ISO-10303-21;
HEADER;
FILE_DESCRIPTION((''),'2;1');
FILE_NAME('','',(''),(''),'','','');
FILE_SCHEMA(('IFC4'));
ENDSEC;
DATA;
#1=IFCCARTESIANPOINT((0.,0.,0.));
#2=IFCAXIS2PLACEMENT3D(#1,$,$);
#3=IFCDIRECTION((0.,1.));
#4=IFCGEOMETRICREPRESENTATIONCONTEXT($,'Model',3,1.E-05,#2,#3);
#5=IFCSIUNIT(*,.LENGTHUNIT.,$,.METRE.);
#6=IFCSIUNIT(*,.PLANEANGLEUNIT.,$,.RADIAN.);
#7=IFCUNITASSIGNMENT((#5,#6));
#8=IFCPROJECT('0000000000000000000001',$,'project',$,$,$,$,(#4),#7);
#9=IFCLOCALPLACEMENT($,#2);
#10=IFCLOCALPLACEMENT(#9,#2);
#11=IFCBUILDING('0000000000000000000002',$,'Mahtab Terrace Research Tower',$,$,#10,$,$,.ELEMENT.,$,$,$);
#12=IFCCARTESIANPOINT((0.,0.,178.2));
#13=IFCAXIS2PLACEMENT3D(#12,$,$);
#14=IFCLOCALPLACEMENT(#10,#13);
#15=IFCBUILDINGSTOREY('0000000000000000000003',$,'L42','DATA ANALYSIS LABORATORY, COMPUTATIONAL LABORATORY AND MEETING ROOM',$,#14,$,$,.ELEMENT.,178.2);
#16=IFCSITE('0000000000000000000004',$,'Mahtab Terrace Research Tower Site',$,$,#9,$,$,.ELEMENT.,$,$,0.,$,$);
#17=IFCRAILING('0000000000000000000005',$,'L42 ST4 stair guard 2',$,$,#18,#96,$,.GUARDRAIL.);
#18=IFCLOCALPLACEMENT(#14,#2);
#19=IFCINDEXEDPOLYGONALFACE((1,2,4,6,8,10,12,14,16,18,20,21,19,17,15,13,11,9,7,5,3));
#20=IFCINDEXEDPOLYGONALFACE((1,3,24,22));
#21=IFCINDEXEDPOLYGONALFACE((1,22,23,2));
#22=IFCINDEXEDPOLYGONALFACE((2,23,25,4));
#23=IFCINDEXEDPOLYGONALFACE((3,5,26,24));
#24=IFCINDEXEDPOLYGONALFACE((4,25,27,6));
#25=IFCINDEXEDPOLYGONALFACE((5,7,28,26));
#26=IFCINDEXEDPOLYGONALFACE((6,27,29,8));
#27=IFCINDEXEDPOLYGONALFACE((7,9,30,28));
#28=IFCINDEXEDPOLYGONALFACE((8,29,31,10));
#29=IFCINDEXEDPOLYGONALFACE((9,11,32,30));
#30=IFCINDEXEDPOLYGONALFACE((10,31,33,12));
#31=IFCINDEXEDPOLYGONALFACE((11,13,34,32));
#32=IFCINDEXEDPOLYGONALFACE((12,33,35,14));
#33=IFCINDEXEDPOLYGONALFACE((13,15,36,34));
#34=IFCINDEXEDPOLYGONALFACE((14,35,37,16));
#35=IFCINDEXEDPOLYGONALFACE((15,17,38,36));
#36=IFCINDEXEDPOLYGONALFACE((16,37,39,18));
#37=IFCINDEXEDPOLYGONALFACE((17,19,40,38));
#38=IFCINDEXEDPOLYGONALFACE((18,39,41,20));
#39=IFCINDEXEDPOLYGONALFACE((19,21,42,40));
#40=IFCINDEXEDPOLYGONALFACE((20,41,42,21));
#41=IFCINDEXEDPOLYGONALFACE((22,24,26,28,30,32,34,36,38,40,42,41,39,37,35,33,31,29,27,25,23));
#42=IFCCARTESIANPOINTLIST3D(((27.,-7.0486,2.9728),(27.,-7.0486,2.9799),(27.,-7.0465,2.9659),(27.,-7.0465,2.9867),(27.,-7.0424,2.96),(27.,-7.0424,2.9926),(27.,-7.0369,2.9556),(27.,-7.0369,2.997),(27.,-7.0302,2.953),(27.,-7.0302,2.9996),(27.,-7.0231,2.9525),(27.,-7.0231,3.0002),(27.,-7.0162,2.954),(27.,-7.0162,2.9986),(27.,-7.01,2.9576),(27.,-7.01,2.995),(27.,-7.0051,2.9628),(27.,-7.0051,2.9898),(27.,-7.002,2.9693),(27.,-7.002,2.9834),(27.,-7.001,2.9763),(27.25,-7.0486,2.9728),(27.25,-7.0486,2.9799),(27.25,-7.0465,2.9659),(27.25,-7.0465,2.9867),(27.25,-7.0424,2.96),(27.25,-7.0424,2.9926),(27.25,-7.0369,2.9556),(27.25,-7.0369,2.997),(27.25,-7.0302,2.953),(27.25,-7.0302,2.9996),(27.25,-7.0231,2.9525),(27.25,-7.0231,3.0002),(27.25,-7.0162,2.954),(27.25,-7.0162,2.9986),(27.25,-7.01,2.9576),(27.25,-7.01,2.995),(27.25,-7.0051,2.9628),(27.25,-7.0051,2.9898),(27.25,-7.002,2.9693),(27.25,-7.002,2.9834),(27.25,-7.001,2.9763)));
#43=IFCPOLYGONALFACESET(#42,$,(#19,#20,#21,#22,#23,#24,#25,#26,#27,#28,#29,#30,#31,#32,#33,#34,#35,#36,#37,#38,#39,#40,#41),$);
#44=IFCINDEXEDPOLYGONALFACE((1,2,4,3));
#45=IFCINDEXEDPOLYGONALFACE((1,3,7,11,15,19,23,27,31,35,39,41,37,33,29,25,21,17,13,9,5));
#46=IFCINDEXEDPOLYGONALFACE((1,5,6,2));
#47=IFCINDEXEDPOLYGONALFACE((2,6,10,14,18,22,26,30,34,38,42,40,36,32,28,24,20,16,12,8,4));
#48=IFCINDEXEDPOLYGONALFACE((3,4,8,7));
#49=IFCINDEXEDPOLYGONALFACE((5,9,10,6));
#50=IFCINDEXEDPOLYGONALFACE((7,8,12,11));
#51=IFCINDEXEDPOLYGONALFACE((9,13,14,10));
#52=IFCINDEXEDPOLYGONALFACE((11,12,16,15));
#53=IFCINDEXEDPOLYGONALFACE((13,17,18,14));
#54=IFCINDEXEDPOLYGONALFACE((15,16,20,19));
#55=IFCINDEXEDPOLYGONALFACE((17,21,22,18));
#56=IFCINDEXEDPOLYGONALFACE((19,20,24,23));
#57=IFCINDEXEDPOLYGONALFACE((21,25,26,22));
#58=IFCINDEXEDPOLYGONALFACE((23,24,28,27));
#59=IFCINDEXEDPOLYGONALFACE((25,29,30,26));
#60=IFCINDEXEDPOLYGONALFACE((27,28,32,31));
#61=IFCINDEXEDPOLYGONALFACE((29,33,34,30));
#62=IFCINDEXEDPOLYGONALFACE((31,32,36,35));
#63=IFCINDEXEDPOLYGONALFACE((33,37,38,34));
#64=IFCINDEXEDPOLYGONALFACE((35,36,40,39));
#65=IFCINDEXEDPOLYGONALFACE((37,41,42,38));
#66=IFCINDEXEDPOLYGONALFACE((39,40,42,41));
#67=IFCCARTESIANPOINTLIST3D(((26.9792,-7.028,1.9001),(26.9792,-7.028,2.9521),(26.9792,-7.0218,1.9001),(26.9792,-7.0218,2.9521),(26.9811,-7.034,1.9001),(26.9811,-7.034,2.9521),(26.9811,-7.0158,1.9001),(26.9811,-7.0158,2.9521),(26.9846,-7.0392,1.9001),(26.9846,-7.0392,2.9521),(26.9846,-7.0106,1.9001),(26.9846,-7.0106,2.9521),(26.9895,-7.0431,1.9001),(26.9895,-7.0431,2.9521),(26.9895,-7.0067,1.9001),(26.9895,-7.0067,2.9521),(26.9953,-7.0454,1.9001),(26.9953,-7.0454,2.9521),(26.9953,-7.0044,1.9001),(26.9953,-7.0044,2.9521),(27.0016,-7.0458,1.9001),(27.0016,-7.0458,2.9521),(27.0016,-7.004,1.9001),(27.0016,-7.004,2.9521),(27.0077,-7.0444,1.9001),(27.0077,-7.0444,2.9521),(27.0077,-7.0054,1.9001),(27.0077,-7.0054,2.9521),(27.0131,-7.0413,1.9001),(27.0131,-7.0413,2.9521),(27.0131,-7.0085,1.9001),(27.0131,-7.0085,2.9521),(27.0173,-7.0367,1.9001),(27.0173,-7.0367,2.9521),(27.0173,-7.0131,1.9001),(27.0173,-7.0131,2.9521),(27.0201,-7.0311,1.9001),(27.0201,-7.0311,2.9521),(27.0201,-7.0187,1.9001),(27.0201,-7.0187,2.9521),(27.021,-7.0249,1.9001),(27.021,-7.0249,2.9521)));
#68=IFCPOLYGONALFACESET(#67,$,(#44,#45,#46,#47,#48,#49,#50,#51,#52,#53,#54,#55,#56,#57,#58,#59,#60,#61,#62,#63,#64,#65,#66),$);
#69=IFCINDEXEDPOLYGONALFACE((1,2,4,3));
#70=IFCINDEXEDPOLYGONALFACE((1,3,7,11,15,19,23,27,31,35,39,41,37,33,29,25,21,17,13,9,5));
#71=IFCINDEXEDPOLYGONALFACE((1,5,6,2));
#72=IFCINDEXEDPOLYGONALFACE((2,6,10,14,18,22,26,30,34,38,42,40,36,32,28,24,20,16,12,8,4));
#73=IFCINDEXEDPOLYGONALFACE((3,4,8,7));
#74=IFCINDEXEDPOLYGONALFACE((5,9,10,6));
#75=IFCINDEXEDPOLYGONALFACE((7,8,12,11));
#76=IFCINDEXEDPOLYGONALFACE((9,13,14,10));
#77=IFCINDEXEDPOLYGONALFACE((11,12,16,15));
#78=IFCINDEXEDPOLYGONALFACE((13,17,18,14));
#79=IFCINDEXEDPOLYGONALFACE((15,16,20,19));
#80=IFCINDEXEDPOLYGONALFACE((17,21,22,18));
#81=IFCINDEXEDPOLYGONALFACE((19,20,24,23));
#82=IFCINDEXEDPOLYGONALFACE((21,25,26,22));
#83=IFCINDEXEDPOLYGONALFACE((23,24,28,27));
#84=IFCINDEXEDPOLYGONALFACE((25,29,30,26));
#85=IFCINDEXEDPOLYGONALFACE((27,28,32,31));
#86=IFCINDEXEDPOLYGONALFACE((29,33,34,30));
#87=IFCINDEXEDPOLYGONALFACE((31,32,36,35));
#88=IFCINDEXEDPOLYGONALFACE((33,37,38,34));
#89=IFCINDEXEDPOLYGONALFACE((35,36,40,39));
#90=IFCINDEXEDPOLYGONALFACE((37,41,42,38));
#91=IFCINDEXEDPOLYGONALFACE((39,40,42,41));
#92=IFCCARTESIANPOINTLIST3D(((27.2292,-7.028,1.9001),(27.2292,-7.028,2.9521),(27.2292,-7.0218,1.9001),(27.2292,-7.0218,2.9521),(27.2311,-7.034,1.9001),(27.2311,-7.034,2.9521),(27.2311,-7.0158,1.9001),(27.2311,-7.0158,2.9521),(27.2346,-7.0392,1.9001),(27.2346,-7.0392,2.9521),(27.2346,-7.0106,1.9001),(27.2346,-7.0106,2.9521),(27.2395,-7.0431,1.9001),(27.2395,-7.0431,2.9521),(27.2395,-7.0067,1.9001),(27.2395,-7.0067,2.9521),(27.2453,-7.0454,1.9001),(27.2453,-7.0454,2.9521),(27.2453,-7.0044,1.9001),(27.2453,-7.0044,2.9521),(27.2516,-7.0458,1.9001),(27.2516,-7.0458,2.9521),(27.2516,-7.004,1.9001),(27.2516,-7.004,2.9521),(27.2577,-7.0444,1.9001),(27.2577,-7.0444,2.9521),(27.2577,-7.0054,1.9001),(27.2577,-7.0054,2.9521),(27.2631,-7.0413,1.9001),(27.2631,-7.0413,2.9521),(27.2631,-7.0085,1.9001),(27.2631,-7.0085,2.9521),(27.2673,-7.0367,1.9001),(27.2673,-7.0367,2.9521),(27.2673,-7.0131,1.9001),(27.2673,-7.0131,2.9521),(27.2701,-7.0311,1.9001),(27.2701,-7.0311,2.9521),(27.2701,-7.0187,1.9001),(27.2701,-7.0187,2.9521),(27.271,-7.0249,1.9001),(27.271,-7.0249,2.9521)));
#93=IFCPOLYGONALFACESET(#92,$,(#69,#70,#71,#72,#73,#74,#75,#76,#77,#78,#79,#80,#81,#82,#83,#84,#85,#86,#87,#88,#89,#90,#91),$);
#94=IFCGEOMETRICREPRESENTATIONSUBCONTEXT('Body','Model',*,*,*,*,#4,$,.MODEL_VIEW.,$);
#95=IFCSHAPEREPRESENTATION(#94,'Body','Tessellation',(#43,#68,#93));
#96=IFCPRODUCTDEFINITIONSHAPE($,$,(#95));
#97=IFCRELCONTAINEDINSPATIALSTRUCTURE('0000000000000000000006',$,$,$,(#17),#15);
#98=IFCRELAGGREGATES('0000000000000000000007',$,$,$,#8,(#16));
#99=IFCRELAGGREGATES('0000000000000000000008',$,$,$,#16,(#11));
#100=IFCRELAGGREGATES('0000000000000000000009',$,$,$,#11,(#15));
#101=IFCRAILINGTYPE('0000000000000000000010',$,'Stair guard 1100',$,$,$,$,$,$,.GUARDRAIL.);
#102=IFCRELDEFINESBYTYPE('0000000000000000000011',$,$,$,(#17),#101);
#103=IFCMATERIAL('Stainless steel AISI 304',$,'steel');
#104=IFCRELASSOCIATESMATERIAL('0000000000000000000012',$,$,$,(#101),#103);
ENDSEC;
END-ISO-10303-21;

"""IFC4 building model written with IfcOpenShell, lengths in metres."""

from ifc_helpers import new_model, si_unit, direction, frame, origin, origin_2d, place, context, subcontext, project, spatial, circle, extrude, material, type_object, element, save


model = new_model("IFC4")

# Units and contexts
model_context = context("Model", 3, precision=1e-05, world=origin(), true_north=direction((0.0, 1.0)))
body_context = subcontext(model_context, "Body", "Model", "MODEL_VIEW")
ifc_project = project(units=[si_unit("LENGTHUNIT", "METRE"), si_unit("PLANEANGLEUNIT", "RADIAN")], contexts=[model_context])

# Site, building, storey
site_placement = place(None, origin())
site = spatial("IfcSite", under=ifc_project, at=site_placement, Name="Mahtab Terrace Research Tower Site", CompositionType="ELEMENT", RefElevation=0.0)
building_placement = place(site_placement, origin())
building = spatial("IfcBuilding", under=site, at=building_placement, Name="Mahtab Terrace Research Tower", CompositionType="ELEMENT")
storey_placement = place(building_placement, frame((0.0, 0.0, 178.2)))
storey = spatial("IfcBuildingStorey", under=building, at=storey_placement, Name="L42", Description="DATA ANALYSIS LABORATORY, COMPUTATIONAL LABORATORY AND MEETING ROOM", CompositionType="ELEMENT", Elevation=178.2)

# Railing
ifc_material_1 = material(Name="Stainless steel AISI 304", Category="steel")
railing_type_1 = type_object("IfcRailingType", Name="Stair guard 1100", PredefinedType="GUARDRAIL", material=ifc_material_1)
railing_1_placement = place(storey_placement, frame((27.0, -7.0249, 1.9001)))
element("IfcRailing", 1, at=railing_1_placement, inside=storey, type_object=railing_type_1, Name="L42 ST4 stair guard 2", PredefinedType="GUARDRAIL", context=body_context, shape_type="SweptSolid", body=[
    extrude(circle(Radius=0.0239, at=origin_2d()), frame((0.0, 0.0, 1.0762), z_axis=(1.0, 0.0, 0.0), x_axis=(0.0, 1.0, 0.0)), (0.0, 0.0, 1.0), 0.25),
    extrude(circle(Radius=0.021, at=origin_2d()), origin(), (0.0, 0.0, 1.0), 1.052),
    extrude(circle(Radius=0.021, at=origin_2d()), frame((0.25, 0.0, 0.0)), (0.0, 0.0, 1.0), 1.052),
])

save(model, "model.ifc")
